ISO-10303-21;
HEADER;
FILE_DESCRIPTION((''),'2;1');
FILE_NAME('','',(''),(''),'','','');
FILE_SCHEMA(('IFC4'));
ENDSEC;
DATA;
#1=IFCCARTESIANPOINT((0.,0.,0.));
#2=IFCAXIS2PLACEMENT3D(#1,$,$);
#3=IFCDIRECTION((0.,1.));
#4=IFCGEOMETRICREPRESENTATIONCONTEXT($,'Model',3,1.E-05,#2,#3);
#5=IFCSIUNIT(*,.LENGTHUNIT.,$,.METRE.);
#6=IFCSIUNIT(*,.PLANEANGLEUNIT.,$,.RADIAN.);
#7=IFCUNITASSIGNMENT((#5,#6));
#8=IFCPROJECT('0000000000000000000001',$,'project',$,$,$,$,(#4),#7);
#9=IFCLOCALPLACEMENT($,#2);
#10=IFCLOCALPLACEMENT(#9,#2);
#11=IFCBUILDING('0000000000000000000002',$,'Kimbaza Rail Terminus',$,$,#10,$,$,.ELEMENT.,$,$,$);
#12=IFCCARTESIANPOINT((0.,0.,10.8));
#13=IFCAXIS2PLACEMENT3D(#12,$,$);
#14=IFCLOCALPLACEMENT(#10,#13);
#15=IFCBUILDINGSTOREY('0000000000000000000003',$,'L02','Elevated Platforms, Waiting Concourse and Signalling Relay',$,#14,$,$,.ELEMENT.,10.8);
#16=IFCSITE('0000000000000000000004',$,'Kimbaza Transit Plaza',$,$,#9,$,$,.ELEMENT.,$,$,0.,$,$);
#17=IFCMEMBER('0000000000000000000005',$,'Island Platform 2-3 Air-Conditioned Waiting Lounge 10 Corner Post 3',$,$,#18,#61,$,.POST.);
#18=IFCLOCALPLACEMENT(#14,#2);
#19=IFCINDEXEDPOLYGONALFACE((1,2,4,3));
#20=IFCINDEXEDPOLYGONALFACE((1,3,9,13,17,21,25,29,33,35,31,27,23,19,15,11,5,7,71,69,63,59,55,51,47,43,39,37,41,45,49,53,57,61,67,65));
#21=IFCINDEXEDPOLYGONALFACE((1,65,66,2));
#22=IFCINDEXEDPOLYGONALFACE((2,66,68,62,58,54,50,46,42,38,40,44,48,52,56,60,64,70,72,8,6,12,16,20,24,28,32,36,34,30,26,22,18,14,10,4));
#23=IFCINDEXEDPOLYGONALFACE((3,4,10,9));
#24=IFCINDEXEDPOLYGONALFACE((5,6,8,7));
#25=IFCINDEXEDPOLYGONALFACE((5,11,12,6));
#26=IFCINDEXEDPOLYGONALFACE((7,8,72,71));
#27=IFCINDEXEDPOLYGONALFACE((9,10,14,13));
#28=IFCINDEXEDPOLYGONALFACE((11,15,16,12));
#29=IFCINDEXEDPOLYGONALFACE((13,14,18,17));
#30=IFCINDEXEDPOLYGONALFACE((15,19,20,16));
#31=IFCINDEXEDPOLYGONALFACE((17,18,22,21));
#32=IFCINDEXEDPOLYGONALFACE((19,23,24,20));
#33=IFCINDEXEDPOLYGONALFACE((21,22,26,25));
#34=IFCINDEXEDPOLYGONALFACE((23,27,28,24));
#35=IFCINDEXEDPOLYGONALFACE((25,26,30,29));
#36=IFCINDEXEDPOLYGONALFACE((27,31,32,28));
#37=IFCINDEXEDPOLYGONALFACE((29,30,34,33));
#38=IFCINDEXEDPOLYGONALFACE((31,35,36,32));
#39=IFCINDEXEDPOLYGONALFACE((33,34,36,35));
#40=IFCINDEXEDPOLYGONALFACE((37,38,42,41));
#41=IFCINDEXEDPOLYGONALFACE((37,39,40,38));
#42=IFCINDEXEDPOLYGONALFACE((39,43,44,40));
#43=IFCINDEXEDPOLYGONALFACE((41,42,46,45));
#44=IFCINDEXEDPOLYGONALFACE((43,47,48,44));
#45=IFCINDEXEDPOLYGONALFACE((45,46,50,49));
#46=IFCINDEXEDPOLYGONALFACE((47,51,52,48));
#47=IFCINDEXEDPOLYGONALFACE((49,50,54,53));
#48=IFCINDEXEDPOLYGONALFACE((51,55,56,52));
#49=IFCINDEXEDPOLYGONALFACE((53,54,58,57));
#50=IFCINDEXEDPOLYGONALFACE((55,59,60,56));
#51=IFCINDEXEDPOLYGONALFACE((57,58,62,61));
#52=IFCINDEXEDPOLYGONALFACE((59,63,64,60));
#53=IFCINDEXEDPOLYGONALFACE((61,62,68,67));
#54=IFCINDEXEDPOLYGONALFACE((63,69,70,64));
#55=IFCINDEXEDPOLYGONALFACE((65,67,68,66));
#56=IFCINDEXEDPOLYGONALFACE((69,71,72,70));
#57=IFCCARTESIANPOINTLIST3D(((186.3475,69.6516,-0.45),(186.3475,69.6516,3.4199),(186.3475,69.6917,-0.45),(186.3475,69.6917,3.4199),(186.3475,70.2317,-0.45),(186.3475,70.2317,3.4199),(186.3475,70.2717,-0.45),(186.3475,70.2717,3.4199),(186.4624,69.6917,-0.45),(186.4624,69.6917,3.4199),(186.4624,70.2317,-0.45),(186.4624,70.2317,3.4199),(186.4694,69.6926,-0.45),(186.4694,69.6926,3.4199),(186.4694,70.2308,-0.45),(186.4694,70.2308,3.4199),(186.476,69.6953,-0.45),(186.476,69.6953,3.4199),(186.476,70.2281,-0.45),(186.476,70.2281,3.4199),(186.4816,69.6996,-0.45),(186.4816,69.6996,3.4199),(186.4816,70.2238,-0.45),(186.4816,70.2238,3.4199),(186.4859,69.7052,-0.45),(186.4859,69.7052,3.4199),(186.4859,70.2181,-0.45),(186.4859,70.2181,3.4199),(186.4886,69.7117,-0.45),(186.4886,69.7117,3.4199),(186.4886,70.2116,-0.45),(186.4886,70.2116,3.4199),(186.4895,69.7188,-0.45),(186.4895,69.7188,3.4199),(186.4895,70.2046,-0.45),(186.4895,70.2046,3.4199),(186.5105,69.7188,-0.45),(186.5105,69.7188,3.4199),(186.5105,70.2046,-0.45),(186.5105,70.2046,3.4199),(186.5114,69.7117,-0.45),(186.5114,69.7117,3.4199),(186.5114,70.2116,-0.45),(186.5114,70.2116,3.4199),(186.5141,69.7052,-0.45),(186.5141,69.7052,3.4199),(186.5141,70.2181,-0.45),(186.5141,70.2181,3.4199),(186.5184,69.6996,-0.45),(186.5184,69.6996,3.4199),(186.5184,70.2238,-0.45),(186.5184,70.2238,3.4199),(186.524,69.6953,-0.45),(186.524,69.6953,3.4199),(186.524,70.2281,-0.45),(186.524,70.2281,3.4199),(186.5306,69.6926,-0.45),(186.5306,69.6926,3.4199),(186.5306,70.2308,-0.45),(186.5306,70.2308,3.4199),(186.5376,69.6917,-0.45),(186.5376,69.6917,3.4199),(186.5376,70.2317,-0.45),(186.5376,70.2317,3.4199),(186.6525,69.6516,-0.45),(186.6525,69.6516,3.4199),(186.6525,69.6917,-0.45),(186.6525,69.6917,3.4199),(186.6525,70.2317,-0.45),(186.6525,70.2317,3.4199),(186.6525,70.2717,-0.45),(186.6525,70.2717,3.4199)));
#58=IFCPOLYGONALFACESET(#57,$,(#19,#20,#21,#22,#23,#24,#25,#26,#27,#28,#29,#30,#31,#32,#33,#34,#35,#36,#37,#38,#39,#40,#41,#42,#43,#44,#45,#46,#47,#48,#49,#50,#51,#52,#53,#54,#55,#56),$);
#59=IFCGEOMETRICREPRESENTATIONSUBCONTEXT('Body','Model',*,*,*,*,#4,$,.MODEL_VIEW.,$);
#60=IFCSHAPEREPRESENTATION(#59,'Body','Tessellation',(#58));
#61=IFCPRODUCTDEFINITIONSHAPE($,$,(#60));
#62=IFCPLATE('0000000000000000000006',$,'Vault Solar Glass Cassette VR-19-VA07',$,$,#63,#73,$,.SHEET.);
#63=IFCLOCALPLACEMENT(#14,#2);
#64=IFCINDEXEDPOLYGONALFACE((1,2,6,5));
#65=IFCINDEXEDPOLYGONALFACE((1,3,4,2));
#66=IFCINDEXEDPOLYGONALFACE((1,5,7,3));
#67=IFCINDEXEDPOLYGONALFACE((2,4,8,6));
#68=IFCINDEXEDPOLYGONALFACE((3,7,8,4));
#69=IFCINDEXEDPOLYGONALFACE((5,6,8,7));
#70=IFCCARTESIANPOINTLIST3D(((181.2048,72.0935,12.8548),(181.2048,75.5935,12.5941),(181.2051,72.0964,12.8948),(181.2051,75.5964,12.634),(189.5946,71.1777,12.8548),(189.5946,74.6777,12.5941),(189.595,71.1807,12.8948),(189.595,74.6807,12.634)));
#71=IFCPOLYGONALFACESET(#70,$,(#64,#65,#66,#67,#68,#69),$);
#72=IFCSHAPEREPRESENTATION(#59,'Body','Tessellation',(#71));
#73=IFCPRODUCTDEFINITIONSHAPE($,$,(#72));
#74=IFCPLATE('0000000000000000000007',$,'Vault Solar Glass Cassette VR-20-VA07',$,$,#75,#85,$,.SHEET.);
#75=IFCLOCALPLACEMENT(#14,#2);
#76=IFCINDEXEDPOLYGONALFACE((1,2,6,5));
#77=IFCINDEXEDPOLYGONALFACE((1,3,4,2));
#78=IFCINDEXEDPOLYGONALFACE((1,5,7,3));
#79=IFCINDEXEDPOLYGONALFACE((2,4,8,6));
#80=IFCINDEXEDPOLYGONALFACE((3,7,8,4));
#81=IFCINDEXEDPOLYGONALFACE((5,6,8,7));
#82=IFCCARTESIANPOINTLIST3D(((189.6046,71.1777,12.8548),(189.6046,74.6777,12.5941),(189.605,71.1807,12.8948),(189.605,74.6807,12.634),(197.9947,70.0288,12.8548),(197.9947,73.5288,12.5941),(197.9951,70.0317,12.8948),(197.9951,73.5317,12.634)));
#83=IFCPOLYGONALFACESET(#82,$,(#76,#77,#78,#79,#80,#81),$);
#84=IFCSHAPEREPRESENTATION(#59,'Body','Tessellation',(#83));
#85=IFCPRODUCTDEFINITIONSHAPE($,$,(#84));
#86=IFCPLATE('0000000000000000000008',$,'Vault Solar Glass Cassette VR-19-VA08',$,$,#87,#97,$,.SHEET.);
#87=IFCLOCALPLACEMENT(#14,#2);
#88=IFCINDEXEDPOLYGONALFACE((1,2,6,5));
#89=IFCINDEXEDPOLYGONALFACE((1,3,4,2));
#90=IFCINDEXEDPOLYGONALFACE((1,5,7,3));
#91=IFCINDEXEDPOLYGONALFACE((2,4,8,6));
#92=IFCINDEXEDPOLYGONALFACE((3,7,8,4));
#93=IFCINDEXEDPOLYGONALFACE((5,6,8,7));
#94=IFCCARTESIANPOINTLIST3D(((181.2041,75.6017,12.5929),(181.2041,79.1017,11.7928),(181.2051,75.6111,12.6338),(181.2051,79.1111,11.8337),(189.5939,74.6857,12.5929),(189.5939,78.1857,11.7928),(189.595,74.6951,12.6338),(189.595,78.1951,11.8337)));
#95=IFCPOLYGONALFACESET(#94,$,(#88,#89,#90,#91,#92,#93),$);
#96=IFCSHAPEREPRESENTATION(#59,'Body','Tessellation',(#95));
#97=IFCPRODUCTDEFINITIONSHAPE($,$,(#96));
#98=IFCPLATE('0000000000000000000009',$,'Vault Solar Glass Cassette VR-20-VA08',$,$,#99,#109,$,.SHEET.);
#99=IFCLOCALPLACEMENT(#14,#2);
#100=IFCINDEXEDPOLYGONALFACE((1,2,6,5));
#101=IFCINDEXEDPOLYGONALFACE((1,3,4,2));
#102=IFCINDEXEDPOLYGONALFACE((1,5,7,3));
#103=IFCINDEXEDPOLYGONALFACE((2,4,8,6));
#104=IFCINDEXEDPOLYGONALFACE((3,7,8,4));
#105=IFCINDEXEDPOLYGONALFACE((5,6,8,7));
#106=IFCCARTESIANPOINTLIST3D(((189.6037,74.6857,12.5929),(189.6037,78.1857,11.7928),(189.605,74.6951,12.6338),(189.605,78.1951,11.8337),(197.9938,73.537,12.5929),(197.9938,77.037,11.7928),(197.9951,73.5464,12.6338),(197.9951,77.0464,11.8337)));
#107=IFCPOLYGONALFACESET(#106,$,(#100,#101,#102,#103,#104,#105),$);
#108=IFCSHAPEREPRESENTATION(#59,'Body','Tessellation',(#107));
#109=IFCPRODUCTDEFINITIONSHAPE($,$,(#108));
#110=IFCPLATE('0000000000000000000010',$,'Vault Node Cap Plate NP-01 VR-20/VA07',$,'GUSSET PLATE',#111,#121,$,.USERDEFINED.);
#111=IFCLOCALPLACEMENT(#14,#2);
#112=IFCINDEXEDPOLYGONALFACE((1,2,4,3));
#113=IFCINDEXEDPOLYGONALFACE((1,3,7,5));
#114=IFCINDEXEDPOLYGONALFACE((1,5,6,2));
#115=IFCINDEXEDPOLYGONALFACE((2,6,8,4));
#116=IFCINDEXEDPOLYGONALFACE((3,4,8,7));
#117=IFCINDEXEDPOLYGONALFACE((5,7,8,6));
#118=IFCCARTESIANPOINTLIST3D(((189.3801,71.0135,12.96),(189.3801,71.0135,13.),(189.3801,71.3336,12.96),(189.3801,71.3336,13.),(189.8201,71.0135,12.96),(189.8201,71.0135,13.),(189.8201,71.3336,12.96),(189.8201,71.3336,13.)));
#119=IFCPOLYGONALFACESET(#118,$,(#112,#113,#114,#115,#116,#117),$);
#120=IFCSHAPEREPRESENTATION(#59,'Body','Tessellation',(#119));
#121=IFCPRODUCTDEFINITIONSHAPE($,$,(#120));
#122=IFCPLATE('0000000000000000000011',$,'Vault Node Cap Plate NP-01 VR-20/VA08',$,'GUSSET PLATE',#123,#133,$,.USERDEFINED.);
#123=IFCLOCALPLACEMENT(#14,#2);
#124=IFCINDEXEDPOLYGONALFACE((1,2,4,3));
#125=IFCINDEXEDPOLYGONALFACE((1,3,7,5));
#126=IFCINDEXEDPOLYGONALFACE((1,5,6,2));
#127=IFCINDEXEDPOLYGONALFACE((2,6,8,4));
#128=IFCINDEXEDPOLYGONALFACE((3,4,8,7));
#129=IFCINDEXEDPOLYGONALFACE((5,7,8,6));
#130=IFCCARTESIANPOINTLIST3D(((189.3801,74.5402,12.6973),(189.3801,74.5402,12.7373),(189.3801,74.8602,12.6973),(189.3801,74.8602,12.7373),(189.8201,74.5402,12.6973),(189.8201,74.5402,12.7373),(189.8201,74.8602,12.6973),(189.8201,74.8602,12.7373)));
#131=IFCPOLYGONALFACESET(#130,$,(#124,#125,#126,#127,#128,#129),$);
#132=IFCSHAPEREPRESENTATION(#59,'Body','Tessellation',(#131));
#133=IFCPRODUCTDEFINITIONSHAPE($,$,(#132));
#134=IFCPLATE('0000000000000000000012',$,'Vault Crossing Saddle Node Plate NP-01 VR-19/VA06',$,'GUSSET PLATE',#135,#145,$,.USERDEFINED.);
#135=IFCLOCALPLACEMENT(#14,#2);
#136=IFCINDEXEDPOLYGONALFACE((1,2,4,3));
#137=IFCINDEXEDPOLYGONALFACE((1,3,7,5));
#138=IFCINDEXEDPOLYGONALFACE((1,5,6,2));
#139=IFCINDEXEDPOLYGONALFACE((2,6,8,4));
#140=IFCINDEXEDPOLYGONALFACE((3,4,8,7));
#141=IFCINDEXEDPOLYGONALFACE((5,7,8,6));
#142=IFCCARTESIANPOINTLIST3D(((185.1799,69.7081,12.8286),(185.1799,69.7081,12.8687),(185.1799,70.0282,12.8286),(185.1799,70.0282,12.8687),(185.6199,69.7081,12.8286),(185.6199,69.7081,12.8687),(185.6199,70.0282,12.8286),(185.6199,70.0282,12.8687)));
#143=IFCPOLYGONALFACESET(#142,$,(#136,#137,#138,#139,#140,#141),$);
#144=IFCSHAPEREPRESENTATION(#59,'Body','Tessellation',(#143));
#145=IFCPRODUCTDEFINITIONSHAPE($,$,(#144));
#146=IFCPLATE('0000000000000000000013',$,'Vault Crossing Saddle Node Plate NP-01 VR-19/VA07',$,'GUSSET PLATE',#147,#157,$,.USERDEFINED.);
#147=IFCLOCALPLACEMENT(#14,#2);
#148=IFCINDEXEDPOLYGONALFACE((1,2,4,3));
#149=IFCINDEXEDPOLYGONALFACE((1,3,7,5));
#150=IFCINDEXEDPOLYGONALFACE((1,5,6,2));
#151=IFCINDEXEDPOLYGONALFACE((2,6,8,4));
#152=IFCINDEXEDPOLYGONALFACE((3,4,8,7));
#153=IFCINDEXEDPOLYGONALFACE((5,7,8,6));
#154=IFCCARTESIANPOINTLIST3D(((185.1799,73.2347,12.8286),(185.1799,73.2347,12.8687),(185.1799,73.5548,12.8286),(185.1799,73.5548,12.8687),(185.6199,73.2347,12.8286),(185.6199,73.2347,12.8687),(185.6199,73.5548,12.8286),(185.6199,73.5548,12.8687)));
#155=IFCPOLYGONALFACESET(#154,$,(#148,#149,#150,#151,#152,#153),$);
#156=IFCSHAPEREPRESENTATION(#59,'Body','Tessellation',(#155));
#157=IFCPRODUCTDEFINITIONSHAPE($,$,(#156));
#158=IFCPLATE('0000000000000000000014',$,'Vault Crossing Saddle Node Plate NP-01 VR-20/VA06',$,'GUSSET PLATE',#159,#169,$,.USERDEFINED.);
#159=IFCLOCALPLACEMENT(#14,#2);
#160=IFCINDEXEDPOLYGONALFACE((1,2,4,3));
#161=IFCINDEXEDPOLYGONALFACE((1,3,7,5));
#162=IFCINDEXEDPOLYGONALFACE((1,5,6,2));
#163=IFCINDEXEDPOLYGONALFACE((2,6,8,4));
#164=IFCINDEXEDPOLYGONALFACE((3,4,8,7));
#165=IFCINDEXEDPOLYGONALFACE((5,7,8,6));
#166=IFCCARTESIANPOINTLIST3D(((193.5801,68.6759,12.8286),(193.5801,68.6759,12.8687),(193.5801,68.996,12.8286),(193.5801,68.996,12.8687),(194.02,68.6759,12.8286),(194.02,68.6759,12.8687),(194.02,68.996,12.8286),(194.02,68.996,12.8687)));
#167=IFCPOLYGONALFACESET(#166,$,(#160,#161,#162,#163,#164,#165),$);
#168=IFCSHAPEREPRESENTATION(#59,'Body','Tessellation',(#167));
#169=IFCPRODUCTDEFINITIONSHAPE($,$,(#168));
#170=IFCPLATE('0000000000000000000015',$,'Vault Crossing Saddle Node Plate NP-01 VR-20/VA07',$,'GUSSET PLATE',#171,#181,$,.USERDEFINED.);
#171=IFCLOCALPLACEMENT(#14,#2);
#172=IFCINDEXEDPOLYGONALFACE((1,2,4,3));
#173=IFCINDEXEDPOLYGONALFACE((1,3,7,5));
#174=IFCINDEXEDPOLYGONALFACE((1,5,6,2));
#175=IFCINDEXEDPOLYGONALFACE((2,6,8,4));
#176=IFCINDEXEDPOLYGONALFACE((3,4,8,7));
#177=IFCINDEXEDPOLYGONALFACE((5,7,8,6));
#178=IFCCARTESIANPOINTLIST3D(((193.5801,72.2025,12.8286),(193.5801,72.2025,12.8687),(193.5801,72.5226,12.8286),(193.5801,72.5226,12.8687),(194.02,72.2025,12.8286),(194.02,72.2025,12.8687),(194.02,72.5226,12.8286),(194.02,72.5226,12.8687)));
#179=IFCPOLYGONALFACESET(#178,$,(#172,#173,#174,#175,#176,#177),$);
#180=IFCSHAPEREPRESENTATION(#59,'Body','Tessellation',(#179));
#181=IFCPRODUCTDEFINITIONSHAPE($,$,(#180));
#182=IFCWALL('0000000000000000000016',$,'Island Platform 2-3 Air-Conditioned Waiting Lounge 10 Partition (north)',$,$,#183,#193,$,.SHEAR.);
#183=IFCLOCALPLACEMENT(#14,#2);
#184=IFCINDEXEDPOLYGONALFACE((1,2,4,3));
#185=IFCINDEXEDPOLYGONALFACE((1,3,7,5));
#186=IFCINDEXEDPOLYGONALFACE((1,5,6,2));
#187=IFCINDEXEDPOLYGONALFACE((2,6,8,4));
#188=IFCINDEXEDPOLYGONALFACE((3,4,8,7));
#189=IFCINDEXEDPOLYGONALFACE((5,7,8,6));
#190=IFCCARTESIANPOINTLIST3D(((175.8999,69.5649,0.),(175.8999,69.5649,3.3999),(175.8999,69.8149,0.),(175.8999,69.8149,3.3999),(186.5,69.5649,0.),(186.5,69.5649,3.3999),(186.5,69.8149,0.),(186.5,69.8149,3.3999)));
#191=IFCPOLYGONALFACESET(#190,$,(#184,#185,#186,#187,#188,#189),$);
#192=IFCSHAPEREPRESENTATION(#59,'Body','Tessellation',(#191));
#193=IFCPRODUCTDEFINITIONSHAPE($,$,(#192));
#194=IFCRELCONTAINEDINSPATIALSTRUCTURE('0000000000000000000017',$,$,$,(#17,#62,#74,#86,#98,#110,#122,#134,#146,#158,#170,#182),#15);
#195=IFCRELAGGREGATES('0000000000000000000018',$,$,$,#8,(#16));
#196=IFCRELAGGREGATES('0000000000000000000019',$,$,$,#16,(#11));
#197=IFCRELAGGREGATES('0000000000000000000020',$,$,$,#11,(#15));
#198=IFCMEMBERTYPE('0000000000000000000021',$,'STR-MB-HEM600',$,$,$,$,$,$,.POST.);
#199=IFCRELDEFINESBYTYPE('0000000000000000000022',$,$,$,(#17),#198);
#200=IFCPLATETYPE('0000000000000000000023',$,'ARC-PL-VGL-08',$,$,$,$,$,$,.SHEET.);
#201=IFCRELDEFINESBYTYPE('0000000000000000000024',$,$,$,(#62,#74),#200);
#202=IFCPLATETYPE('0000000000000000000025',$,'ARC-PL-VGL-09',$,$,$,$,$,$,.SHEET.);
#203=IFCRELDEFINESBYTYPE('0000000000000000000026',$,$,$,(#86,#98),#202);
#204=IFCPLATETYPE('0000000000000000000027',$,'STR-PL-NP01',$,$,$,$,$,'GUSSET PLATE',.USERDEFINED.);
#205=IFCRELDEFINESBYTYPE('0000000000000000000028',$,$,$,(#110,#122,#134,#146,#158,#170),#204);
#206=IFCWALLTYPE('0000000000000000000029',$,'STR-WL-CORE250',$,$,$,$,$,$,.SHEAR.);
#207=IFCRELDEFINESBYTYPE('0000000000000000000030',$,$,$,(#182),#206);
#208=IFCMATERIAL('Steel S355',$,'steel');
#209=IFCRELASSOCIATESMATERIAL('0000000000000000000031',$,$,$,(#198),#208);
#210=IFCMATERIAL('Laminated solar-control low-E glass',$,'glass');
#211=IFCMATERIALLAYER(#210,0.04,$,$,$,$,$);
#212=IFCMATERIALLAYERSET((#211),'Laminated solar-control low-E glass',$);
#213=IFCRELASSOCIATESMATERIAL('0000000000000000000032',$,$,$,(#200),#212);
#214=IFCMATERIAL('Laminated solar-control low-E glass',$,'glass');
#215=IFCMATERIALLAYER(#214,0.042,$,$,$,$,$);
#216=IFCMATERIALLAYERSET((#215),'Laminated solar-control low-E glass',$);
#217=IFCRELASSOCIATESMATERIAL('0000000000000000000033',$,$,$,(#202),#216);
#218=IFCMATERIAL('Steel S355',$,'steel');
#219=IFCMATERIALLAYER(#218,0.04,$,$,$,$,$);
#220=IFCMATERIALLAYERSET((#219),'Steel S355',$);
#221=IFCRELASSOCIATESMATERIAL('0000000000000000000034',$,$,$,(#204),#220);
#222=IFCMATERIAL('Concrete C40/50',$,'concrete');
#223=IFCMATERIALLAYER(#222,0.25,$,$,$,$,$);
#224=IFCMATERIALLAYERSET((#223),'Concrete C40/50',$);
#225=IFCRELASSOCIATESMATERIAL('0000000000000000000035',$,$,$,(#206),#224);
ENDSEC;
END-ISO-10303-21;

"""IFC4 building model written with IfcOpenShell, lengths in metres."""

from ifc_helpers import new_model, si_unit, direction, frame, frame_2d, origin, origin_2d, place, context, subcontext, project, spatial, polyline, rectangle, i_section, outline, extrude, material, layer, layer_set, material_profile, profile_set, type_object, element, save


model = new_model("IFC4")

# Units and contexts
model_context = context("Model", 3, precision=1e-05, world=origin(), true_north=direction((0.0, 1.0)))
body_context = subcontext(model_context, "Body", "Model", "MODEL_VIEW")
ifc_project = project(units=[si_unit("LENGTHUNIT", "METRE"), si_unit("PLANEANGLEUNIT", "RADIAN")], contexts=[model_context])

# Site, building, storey
site_placement = place(None, origin())
site = spatial("IfcSite", under=ifc_project, at=site_placement, Name="Kimbaza Transit Plaza", CompositionType="ELEMENT", RefElevation=0.0)
building_placement = place(site_placement, origin())
building = spatial("IfcBuilding", under=site, at=building_placement, Name="Kimbaza Rail Terminus", CompositionType="ELEMENT")
storey_placement = place(building_placement, frame((0.0, 0.0, 10.8)))
storey = spatial("IfcBuildingStorey", under=building, at=storey_placement, Name="L02", Description="Elevated Platforms, Waiting Concourse and Signalling Relay", CompositionType="ELEMENT", Elevation=10.8)

# Member
ifc_material_1 = material(Name="Steel S355", Category="steel")
ifc_material_profile_1 = material_profile(ifc_material_1, i_section(OverallWidth=0.3049, OverallDepth=0.6201, WebThickness=0.021, FlangeThickness=0.04, FilletRadius=0.0271, at=origin_2d()), Name="HEM 600")
ifc_profile_set_1 = profile_set([ifc_material_profile_1], Name="Steel S355")
member_type_1 = type_object("IfcMemberType", Name="STR-MB-HEM600", PredefinedType="POST", material=ifc_profile_set_1)
member_1_placement = place(storey_placement, frame((186.5, 69.9617, -0.45), z_axis=(0.0, 0.0, 1.0), x_axis=(1.0, 0.0, 0.0)))
element("IfcMember", 1, at=member_1_placement, inside=storey, type_object=member_type_1, Name="Island Platform 2-3 Air-Conditioned Waiting Lounge 10 Corner Post 3", PredefinedType="POST", context=body_context, shape_type="SweptSolid", body=[
    extrude(i_section(OverallWidth=0.3049, OverallDepth=0.6201, WebThickness=0.021, FlangeThickness=0.04, FilletRadius=0.0271, at=origin_2d()), origin(), (0.0, 0.0, 1.0), 3.8699),
])

# Plates
ifc_material_2 = material(Name="Laminated solar-control low-E glass", Category="glass")
ifc_layer_1 = layer(ifc_material_2, 0.04)
ifc_layer_set_1 = layer_set([ifc_layer_1], Name="Laminated solar-control low-E glass")
plate_type_1 = type_object("IfcPlateType", Name="ARC-PL-VGL-08", PredefinedType="SHEET", material=ifc_layer_set_1)
plate_1_placement = place(storey_placement, frame((181.2051, 72.0964, 12.8948), z_axis=(0.008109, 0.074289, 0.997204), x_axis=(0.994096, -0.108507, 0.0)))
element("IfcPlate", 2, at=plate_1_placement, inside=storey, type_object=plate_type_1, Name="Vault Solar Glass Cassette VR-19-VA07", PredefinedType="SHEET", context=body_context, shape_type="SweptSolid", body=[
    extrude(outline(polyline([(0.0, 0.0), (8.4397, 0.0), (8.0599, 3.4891), (-0.3798, 3.4891), (0.0, 0.0)])), origin(), (0.0, 0.0, -1.0), 0.04),
])
plate_2_placement = place(storey_placement, frame((189.605, 71.1807, 12.8948), z_axis=(0.010173, 0.074288, 0.997185), x_axis=(0.990754, -0.135672, 0.0)))
element("IfcPlate", 3, at=plate_2_placement, inside=storey, type_object=plate_type_1, Name="Vault Solar Glass Cassette VR-20-VA07", PredefinedType="SHEET", context=body_context, shape_type="SweptSolid", body=[
    extrude(outline(polyline([(0.0, 0.0), (8.4684, 0.0), (7.9936, 3.4774), (-0.4749, 3.4774), (0.0, 0.0)])), origin(), (0.0, 0.0, -1.0), 0.04),
])
ifc_material_3 = material(Name="Laminated solar-control low-E glass", Category="glass")
ifc_layer_2 = layer(ifc_material_3, 0.042)
ifc_layer_set_2 = layer_set([ifc_layer_2], Name="Laminated solar-control low-E glass")
plate_type_2 = type_object("IfcPlateType", Name="ARC-PL-VGL-09", PredefinedType="SHEET", material=ifc_layer_set_2)
plate_3_placement = place(storey_placement, frame((181.2051, 75.6111, 12.6338), z_axis=(0.024322, 0.222772, 0.974567), x_axis=(0.994093, -0.108536, 0.0)))
element("IfcPlate", 4, at=plate_3_placement, inside=storey, type_object=plate_type_2, Name="Vault Solar Glass Cassette VR-19-VA08", PredefinedType="SHEET", context=body_context, shape_type="SweptSolid", body=[
    extrude(outline(polyline([(0.0, 0.0), (8.4398, 0.0), (8.0599, 3.5701), (-0.3799, 3.5701), (0.0, 0.0)])), origin(), (0.0, 0.0, -1.0), 0.042),
])
plate_4_placement = place(storey_placement, frame((189.605, 74.6951, 12.6338), z_axis=(0.030494, 0.222734, 0.974402), x_axis=(0.990758, -0.135643, 0.0)))
element("IfcPlate", 5, at=plate_4_placement, inside=storey, type_object=plate_type_2, Name="Vault Solar Glass Cassette VR-20-VA08", PredefinedType="SHEET", context=body_context, shape_type="SweptSolid", body=[
    extrude(outline(polyline([(0.0, 0.0), (8.4684, 0.0), (7.9937, 3.5587), (-0.4748, 3.5587), (0.0, 0.0)])), origin(), (0.0, 0.0, -1.0), 0.042),
])
ifc_material_4 = material(Name="Steel S355", Category="steel")
ifc_layer_3 = layer(ifc_material_4, 0.04)
ifc_layer_set_3 = layer_set([ifc_layer_3], Name="Steel S355")
plate_type_3 = type_object("IfcPlateType", Name="STR-PL-NP01", ElementType="GUSSET PLATE", PredefinedType="USERDEFINED", material=ifc_layer_set_3)
for number, where, z_axis, x_axis, name in (
    (6, (189.6001, 71.1736, 12.96), (0.0, 0.0, 1.0), (1.0, 0.0, 0.0), "Vault Node Cap Plate NP-01 VR-20/VA07"),
    (7, (189.6001, 74.7002, 12.6973), (0.0, 0.0, 1.0), (1.0, 0.0, 0.0), "Vault Node Cap Plate NP-01 VR-20/VA08"),
    (8, (185.3999, 69.8682, 12.8286), (0.0, 0.0, 1.0), (1.0, 0.0, 0.0), "Vault Crossing Saddle Node Plate NP-01 VR-19/VA06"),
    (9, (185.3999, 73.3948, 12.8286), (0.0, 0.0, 1.0), (1.0, 0.0, 0.0), "Vault Crossing Saddle Node Plate NP-01 VR-19/VA07"),
    (10, (193.8, 68.8359, 12.8286), (0.0, 0.0, 1.0), (1.0, 0.0, 0.0), "Vault Crossing Saddle Node Plate NP-01 VR-20/VA06"),
    (11, (193.8, 72.3625, 12.8286), (0.0, 0.0, 1.0), (1.0, 0.0, 0.0), "Vault Crossing Saddle Node Plate NP-01 VR-20/VA07"),
):
    element("IfcPlate", number, at=place(storey_placement, frame(where, z_axis=z_axis, x_axis=x_axis)), inside=storey, type_object=plate_type_3, Name=name, ObjectType="GUSSET PLATE", PredefinedType="USERDEFINED", context=body_context, shape_type="SweptSolid", body=[
        extrude(rectangle(XDim=0.4399, YDim=0.3201, at=origin_2d()), origin(), (0.0, 0.0, 1.0), 0.04),
    ])

# Wall
ifc_material_5 = material(Name="Concrete C40/50", Category="concrete")
ifc_layer_4 = layer(ifc_material_5, 0.25)
ifc_layer_set_4 = layer_set([ifc_layer_4], Name="Concrete C40/50")
wall_type = type_object("IfcWallType", Name="STR-WL-CORE250", PredefinedType="SHEAR", material=ifc_layer_set_4)
wall_placement = place(storey_placement, frame((186.5, 69.6899, 0.0), z_axis=(0.0, 0.0, 1.0), x_axis=(-1.0, 0.0, 0.0)))
element("IfcWall", 12, at=wall_placement, inside=storey, type_object=wall_type, Name="Island Platform 2-3 Air-Conditioned Waiting Lounge 10 Partition (north)", PredefinedType="SHEAR", context=body_context, shape_type="SweptSolid", body=[
    extrude(rectangle(XDim=10.6001, YDim=0.25, at=frame_2d((5.3, 0.0))), origin(), (0.0, 0.0, 1.0), 3.3999),
])

save(model, "model.ifc")
